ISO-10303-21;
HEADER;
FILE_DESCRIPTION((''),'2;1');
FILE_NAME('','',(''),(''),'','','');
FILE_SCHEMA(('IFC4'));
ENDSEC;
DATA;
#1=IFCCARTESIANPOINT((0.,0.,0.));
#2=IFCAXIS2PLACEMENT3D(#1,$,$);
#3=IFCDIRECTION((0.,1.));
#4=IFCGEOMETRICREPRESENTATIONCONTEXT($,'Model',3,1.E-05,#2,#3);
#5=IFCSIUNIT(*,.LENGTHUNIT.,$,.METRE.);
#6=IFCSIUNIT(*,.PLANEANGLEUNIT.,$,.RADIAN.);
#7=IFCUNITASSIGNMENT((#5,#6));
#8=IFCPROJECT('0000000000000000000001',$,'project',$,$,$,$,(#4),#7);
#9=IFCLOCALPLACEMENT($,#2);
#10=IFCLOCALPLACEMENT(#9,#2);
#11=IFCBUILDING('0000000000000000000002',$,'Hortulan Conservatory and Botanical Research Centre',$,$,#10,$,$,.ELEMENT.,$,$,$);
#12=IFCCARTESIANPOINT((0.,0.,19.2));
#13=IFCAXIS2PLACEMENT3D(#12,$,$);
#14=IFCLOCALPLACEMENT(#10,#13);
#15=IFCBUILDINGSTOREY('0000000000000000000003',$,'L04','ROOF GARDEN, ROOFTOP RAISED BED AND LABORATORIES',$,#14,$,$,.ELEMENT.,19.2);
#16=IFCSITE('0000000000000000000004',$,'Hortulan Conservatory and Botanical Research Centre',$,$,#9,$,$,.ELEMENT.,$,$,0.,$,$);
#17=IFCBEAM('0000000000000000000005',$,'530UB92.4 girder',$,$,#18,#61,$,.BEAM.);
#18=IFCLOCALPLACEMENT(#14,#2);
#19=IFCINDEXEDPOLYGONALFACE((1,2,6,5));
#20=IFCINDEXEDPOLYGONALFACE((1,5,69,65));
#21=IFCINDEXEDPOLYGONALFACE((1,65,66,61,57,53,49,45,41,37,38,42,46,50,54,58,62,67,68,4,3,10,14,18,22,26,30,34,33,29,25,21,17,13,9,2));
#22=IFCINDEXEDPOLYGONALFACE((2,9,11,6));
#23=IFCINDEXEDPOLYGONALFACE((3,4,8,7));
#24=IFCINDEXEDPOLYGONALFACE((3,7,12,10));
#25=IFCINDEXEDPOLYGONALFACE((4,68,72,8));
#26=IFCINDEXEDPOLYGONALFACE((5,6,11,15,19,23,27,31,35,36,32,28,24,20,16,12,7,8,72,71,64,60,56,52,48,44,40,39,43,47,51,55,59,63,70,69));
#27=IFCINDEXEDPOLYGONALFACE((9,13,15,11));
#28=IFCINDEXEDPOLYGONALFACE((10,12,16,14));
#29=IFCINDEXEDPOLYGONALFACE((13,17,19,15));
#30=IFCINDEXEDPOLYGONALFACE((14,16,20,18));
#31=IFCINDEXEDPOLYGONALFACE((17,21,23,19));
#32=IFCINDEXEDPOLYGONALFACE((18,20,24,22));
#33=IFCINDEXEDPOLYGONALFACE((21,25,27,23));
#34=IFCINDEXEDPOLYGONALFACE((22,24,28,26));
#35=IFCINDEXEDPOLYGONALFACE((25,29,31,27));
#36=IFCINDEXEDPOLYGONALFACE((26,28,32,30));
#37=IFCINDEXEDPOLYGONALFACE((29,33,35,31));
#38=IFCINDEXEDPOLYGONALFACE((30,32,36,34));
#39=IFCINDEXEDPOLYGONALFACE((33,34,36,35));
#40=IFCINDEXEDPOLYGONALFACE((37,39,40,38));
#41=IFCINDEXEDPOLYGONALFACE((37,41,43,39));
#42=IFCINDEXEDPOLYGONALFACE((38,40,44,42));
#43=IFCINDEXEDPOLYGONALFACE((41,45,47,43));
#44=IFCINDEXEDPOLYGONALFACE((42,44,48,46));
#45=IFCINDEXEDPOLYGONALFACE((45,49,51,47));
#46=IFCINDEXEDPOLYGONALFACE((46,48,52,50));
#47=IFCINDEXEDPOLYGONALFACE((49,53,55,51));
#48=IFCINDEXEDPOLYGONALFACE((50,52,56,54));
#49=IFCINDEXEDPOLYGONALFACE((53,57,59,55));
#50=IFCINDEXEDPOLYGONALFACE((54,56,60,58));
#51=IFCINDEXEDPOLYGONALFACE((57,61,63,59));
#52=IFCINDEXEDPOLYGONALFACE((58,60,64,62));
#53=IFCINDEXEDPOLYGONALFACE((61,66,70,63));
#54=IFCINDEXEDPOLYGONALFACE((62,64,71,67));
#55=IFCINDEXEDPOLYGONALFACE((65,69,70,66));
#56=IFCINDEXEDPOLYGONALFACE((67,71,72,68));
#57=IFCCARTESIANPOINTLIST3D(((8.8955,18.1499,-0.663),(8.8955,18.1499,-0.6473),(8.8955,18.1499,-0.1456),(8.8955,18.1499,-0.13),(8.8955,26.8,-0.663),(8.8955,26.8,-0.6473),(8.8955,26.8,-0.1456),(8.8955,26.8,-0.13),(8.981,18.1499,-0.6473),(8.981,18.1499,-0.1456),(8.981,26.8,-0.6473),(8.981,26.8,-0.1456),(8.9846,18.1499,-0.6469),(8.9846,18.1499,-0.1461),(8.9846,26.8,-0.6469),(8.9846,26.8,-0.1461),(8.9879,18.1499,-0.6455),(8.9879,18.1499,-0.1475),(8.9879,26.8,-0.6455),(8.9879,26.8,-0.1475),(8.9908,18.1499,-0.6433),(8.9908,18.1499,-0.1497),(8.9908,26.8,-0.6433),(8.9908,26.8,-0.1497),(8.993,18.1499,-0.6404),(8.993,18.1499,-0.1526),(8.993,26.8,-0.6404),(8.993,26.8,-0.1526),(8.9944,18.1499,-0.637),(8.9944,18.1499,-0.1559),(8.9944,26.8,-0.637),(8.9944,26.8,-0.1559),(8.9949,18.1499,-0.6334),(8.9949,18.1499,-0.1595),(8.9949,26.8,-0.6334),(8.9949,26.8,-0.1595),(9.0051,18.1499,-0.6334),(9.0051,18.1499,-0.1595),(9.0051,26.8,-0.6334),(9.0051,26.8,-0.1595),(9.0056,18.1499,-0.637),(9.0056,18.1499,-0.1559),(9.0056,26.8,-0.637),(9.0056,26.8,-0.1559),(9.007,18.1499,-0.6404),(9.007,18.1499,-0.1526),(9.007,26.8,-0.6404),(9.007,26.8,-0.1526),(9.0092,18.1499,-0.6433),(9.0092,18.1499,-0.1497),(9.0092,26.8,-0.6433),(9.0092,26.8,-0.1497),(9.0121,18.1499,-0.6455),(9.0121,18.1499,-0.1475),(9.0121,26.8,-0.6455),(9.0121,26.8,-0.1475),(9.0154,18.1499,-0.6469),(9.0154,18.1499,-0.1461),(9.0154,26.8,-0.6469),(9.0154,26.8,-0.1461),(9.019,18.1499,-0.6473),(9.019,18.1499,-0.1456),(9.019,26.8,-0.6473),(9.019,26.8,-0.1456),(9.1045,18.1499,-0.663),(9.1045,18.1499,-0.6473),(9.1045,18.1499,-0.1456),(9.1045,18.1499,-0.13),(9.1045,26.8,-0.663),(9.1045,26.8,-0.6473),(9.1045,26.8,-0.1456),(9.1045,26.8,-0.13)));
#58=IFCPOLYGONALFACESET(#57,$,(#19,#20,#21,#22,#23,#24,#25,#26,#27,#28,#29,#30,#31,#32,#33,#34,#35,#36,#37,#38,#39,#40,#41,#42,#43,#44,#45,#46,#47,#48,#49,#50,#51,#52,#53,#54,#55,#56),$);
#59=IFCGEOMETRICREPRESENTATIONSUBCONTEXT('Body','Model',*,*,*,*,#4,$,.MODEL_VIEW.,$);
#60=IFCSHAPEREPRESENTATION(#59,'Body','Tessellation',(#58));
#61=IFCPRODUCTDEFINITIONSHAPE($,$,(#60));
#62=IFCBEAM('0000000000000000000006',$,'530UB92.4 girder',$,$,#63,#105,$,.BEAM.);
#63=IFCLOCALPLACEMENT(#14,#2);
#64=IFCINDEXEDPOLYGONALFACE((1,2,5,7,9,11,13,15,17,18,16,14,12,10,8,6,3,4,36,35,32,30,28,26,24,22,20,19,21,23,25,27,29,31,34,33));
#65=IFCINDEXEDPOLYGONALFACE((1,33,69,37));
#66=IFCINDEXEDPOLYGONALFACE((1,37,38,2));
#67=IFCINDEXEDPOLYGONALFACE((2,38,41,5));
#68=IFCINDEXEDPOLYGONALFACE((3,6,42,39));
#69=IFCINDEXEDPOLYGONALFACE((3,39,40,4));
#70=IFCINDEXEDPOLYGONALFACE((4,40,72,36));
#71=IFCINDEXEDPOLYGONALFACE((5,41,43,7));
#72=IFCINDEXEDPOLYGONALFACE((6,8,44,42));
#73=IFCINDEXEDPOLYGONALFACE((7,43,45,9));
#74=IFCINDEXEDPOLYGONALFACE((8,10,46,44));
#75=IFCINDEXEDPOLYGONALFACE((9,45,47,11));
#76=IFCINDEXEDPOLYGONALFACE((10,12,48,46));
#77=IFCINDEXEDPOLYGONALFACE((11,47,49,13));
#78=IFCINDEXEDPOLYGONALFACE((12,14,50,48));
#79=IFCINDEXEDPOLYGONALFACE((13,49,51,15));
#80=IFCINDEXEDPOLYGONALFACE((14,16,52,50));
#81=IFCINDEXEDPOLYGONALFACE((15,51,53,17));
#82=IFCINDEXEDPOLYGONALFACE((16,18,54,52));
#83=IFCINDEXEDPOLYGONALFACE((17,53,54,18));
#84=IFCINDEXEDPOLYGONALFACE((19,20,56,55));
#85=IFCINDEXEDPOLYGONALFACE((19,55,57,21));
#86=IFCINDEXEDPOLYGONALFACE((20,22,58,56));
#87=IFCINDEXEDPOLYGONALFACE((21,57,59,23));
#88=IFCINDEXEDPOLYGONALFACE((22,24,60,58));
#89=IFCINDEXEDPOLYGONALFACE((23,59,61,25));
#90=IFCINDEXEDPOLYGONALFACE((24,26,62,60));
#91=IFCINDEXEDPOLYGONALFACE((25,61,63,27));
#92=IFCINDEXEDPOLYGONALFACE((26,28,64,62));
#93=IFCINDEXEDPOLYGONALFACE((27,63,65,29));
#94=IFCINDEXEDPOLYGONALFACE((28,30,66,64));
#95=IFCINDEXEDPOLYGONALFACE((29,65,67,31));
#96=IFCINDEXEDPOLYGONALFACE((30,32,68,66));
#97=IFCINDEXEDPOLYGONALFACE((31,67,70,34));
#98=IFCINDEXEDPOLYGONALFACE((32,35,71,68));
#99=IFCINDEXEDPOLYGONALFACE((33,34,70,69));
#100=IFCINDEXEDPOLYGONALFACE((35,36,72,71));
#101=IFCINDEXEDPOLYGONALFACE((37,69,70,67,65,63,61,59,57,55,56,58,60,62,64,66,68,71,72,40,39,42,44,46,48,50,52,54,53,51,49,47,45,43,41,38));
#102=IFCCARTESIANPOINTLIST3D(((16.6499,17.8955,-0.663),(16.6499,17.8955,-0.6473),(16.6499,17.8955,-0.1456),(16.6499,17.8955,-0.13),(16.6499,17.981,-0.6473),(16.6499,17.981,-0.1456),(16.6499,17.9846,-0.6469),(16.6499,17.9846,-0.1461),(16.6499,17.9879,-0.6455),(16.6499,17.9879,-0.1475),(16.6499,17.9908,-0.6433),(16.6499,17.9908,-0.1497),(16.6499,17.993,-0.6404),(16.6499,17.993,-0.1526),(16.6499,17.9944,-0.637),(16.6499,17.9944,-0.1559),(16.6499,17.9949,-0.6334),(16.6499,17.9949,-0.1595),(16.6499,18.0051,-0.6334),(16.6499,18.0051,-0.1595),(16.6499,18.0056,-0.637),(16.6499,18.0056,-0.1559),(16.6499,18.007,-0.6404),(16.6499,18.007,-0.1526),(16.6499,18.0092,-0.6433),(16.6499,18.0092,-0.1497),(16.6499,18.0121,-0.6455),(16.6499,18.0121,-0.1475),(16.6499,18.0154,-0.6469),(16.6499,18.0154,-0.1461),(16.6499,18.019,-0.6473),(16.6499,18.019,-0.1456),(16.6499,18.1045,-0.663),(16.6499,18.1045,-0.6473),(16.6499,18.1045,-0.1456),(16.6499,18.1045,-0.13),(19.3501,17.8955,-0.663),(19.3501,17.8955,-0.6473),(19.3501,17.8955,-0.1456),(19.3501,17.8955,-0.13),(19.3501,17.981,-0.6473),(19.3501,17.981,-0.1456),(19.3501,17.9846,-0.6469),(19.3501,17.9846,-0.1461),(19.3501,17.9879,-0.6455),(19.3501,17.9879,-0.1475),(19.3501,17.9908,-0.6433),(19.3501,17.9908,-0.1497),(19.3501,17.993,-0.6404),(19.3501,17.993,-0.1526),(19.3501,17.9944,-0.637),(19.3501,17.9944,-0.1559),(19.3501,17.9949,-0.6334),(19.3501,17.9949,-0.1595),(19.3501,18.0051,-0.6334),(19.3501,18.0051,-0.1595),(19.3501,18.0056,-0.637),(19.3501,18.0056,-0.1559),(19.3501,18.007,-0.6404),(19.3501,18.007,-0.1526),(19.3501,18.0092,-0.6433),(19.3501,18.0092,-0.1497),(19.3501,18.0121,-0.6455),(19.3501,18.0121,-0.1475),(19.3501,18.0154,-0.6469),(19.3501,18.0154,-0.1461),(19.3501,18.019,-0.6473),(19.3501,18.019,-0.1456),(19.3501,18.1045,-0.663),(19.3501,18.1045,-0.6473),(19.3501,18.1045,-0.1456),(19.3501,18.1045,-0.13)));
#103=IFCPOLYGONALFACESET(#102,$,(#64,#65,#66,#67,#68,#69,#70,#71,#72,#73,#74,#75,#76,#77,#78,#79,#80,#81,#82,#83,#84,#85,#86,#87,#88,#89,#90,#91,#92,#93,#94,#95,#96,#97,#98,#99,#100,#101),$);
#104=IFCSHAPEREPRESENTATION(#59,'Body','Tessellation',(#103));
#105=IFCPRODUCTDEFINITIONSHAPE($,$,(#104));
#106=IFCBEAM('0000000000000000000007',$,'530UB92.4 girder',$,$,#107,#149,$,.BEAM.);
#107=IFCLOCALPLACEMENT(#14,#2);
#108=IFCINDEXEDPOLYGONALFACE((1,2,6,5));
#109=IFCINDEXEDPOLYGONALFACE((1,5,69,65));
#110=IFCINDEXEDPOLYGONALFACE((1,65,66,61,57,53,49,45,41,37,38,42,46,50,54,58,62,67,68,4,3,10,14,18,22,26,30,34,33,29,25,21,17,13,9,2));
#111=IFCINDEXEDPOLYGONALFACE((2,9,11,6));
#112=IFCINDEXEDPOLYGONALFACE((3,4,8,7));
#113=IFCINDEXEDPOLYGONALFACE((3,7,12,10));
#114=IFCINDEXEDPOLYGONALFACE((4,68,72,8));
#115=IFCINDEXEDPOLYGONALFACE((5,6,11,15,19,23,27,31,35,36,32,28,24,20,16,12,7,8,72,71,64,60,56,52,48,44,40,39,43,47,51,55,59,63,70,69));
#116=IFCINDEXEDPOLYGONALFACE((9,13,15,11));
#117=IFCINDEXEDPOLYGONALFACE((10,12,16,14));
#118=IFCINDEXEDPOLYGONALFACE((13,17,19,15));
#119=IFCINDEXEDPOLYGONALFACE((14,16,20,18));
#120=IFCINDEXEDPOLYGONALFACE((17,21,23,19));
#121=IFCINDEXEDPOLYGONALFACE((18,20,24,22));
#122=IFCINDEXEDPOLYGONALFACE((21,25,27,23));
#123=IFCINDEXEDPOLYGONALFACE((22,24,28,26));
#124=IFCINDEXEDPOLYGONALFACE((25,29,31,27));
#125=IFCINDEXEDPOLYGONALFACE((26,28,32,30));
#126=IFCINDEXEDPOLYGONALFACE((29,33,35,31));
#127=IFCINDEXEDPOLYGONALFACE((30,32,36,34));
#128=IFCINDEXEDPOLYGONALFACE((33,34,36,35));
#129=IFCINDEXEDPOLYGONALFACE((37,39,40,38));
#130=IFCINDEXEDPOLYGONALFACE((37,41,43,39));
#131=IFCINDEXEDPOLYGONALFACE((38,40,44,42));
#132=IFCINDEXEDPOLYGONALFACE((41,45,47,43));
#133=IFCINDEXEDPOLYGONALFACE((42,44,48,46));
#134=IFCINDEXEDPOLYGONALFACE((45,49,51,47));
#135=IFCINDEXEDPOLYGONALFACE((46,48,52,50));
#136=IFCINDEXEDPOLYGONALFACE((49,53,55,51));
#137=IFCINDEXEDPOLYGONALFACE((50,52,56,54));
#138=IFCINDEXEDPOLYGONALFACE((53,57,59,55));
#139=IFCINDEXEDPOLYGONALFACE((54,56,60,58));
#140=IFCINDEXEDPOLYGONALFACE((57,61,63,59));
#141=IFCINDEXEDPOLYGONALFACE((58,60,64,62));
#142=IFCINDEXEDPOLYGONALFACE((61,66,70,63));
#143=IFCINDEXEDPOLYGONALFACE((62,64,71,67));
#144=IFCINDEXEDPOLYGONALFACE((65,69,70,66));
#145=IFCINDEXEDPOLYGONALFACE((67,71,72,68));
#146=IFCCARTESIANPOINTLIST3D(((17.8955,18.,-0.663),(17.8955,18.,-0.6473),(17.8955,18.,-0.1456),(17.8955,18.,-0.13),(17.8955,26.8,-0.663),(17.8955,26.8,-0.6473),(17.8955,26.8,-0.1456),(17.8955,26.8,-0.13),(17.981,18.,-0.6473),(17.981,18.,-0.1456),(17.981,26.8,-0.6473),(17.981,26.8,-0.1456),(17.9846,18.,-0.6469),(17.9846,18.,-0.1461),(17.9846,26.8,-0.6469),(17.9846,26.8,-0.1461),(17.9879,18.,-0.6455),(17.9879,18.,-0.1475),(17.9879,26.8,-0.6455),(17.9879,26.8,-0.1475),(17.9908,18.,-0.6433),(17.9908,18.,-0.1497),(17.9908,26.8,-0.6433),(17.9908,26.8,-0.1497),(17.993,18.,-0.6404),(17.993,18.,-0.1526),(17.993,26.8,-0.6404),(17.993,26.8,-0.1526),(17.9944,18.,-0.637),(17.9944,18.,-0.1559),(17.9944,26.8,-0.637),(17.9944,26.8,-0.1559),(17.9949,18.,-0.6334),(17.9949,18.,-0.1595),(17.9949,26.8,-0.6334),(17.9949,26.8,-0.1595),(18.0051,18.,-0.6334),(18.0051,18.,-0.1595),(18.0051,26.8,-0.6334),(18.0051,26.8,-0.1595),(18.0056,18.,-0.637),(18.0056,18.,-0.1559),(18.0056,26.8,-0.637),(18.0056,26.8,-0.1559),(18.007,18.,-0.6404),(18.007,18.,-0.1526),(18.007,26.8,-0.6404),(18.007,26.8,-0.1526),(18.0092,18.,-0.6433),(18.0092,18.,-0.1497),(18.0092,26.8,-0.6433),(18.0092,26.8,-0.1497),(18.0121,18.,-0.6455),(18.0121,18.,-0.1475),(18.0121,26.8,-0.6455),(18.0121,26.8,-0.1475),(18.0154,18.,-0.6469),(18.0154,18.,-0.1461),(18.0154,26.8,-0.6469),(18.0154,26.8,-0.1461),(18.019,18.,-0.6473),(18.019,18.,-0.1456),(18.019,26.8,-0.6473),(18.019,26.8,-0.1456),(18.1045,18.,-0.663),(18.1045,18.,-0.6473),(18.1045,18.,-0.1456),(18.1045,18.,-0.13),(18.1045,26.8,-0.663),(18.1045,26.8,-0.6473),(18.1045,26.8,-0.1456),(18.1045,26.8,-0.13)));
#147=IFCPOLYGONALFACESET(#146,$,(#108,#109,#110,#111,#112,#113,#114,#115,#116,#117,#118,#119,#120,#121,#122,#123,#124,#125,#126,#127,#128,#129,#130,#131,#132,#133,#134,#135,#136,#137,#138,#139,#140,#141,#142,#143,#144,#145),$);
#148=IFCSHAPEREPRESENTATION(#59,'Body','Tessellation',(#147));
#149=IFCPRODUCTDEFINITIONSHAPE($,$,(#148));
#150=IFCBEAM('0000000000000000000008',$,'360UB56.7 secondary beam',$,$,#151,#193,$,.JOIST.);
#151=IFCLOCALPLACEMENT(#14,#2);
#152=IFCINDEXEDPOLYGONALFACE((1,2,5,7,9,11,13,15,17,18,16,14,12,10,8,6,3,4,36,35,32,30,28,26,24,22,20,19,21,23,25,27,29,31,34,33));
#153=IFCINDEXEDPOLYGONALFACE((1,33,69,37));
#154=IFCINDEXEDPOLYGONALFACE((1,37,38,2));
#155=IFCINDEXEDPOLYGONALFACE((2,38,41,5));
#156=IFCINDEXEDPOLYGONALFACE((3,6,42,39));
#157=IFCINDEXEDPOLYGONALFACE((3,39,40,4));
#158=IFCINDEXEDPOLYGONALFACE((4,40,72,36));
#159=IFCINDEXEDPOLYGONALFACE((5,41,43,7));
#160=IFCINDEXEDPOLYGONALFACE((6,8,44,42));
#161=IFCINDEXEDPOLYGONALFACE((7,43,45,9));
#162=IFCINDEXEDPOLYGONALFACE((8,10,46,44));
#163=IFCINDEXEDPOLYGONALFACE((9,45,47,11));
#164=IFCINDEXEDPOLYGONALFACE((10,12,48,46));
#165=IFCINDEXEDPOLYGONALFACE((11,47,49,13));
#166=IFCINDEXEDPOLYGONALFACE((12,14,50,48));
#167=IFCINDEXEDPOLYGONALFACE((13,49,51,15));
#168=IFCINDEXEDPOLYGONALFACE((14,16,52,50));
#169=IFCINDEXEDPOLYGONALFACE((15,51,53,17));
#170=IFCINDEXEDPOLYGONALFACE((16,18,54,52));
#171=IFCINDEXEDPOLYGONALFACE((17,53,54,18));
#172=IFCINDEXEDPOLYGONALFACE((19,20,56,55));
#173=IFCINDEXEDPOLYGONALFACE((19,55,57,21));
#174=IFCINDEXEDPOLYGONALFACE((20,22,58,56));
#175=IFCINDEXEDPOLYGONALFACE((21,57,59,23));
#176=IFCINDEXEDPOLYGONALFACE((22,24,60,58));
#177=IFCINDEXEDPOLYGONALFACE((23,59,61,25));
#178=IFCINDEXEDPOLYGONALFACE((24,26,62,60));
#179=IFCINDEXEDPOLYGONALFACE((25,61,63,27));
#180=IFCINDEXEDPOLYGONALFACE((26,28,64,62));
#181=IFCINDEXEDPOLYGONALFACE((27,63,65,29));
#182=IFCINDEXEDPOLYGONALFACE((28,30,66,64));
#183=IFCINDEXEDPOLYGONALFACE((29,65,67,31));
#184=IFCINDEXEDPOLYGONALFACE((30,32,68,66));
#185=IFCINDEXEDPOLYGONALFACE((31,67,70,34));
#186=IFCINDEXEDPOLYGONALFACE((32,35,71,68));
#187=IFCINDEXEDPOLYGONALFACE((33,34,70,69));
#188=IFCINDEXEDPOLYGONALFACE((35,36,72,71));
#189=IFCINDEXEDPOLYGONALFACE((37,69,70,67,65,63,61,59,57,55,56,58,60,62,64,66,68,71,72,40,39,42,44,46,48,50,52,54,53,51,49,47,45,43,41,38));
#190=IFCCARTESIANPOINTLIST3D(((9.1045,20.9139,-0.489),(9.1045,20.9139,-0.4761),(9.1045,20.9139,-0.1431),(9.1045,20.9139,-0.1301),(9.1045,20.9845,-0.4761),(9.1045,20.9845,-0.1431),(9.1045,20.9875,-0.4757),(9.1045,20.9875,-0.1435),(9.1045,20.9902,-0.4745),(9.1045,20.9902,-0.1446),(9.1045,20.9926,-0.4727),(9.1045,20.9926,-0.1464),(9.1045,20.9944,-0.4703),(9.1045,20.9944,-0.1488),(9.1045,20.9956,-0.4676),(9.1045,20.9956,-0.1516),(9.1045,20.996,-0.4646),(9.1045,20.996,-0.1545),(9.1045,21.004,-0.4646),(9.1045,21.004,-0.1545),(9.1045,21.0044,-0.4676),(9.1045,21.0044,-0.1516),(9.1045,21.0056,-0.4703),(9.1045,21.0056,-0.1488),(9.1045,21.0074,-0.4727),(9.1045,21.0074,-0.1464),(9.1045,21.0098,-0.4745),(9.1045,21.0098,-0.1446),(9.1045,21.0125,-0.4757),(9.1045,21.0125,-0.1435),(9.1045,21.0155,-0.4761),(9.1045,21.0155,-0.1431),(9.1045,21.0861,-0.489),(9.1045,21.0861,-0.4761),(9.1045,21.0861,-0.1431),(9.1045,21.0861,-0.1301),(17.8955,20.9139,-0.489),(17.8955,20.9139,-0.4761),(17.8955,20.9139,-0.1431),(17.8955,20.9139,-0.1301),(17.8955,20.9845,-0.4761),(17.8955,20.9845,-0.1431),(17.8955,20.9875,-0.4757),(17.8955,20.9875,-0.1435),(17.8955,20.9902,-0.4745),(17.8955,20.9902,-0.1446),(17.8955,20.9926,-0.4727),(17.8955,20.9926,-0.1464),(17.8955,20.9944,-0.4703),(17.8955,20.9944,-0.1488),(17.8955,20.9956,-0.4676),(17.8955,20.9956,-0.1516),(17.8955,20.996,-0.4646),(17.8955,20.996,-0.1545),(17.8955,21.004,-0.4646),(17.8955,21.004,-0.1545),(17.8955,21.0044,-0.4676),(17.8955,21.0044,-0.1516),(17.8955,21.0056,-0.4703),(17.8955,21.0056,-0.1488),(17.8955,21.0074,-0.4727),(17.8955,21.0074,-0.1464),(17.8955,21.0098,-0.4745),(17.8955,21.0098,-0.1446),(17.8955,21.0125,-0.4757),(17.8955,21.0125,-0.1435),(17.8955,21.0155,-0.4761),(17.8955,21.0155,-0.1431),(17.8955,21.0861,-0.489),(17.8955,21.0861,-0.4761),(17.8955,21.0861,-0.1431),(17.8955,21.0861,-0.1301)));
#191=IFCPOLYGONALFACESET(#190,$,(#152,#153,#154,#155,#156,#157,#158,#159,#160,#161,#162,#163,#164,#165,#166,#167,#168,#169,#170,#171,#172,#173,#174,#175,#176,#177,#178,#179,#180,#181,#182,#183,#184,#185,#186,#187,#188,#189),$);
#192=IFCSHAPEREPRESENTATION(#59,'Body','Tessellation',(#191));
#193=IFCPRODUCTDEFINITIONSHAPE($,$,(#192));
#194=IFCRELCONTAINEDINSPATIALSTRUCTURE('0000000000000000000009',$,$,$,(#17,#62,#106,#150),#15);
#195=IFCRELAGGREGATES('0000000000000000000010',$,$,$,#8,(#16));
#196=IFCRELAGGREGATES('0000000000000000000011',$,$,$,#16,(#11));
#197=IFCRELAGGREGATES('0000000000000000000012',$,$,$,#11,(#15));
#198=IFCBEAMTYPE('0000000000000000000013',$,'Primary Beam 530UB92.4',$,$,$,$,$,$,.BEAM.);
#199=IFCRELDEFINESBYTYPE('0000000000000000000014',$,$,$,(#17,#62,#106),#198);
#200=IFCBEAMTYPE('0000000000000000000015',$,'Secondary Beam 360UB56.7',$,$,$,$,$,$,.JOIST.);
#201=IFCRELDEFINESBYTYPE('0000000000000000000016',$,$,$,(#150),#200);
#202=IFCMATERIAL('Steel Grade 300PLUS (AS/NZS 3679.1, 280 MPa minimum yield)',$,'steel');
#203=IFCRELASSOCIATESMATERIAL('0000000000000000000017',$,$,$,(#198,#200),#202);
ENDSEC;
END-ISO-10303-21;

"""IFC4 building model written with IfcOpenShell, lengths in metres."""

from ifc_helpers import new_model, si_unit, direction, frame, origin, origin_2d, place, context, subcontext, project, spatial, i_section, extrude, material, material_profile, profile_set, type_object, element, save


model = new_model("IFC4")

# Units and contexts
model_context = context("Model", 3, precision=1e-05, world=origin(), true_north=direction((0.0, 1.0)))
body_context = subcontext(model_context, "Body", "Model", "MODEL_VIEW")
ifc_project = project(units=[si_unit("LENGTHUNIT", "METRE"), si_unit("PLANEANGLEUNIT", "RADIAN")], contexts=[model_context])

# Site, building, storey
site_placement = place(None, origin())
site = spatial("IfcSite", under=ifc_project, at=site_placement, Name="Hortulan Conservatory and Botanical Research Centre", CompositionType="ELEMENT", RefElevation=0.0)
building_placement = place(site_placement, origin())
building = spatial("IfcBuilding", under=site, at=building_placement, Name="Hortulan Conservatory and Botanical Research Centre", CompositionType="ELEMENT")
storey_placement = place(building_placement, frame((0.0, 0.0, 19.2)))
storey = spatial("IfcBuildingStorey", under=building, at=storey_placement, Name="L04", Description="ROOF GARDEN, ROOFTOP RAISED BED AND LABORATORIES", CompositionType="ELEMENT", Elevation=19.2)

# Beams
ifc_material_1 = material(Name="Steel Grade 300PLUS (AS/NZS 3679.1, 280 MPa minimum yield)", Category="steel")
ifc_material_profile_1 = material_profile(ifc_material_1, i_section(OverallWidth=0.209, OverallDepth=0.533, WebThickness=0.0103, FlangeThickness=0.0156, FilletRadius=0.0139, at=origin_2d()), Name="530UB92.4")
ifc_profile_set_1 = profile_set([ifc_material_profile_1], Name="Steel Grade 300PLUS (AS/NZS 3679.1, 280 MPa minimum yield)")
beam_type_1 = type_object("IfcBeamType", Name="Primary Beam 530UB92.4", PredefinedType="BEAM", material=ifc_profile_set_1)
beam_1_placement = place(storey_placement, frame((9.0, 18.1499, -0.3965), z_axis=(0.0, 1.0, 0.0), x_axis=(-1.0, 0.0, 0.0)))
element("IfcBeam", 1, at=beam_1_placement, inside=storey, type_object=beam_type_1, Name="530UB92.4 girder", PredefinedType="BEAM", context=body_context, shape_type="SweptSolid", body=[
    extrude(i_section(OverallWidth=0.209, OverallDepth=0.533, WebThickness=0.0103, FlangeThickness=0.0156, FilletRadius=0.0139, at=origin_2d()), origin(), (0.0, 0.0, 1.0), 8.6501),
])
beam_2_placement = place(storey_placement, frame((16.6499, 18.0, -0.3965), z_axis=(1.0, 0.0, 0.0), x_axis=(0.0, 1.0, 0.0)))
element("IfcBeam", 2, at=beam_2_placement, inside=storey, type_object=beam_type_1, Name="530UB92.4 girder", PredefinedType="BEAM", context=body_context, shape_type="SweptSolid", body=[
    extrude(i_section(OverallWidth=0.209, OverallDepth=0.533, WebThickness=0.0103, FlangeThickness=0.0156, FilletRadius=0.0139, at=origin_2d()), origin(), (0.0, 0.0, 1.0), 2.7002),
])
beam_3_placement = place(storey_placement, frame((18.0, 18.0, -0.3965), z_axis=(0.0, 1.0, 0.0), x_axis=(-1.0, 0.0, 0.0)))
element("IfcBeam", 3, at=beam_3_placement, inside=storey, type_object=beam_type_1, Name="530UB92.4 girder", PredefinedType="BEAM", context=body_context, shape_type="SweptSolid", body=[
    extrude(i_section(OverallWidth=0.209, OverallDepth=0.533, WebThickness=0.0103, FlangeThickness=0.0156, FilletRadius=0.0139, at=origin_2d()), origin(), (0.0, 0.0, 1.0), 8.8),
])
ifc_material_profile_2 = material_profile(ifc_material_1, i_section(OverallWidth=0.1721, OverallDepth=0.3589, WebThickness=0.0081, FlangeThickness=0.0129, FilletRadius=0.0115, at=origin_2d()), Name="360UB56.7")
ifc_profile_set_2 = profile_set([ifc_material_profile_2], Name="Steel Grade 300PLUS (AS/NZS 3679.1, 280 MPa minimum yield)")
beam_type_2 = type_object("IfcBeamType", Name="Secondary Beam 360UB56.7", PredefinedType="JOIST", material=ifc_profile_set_2)
for number, where, z_axis, x_axis, name in (
    (4, (9.1045, 21.0, -0.3096), (1.0, 0.0, 0.0), (0.0, 1.0, 0.0), "360UB56.7 secondary beam"),
):
    element("IfcBeam", number, at=place(storey_placement, frame(where, z_axis=z_axis, x_axis=x_axis)), inside=storey, type_object=beam_type_2, Name=name, PredefinedType="JOIST", context=body_context, shape_type="SweptSolid", body=[
        extrude(i_section(OverallWidth=0.1721, OverallDepth=0.3589, WebThickness=0.0081, FlangeThickness=0.0129, FilletRadius=0.0115, at=origin_2d()), origin(), (0.0, 0.0, 1.0), 8.791),
    ])

save(model, "model.ifc")
